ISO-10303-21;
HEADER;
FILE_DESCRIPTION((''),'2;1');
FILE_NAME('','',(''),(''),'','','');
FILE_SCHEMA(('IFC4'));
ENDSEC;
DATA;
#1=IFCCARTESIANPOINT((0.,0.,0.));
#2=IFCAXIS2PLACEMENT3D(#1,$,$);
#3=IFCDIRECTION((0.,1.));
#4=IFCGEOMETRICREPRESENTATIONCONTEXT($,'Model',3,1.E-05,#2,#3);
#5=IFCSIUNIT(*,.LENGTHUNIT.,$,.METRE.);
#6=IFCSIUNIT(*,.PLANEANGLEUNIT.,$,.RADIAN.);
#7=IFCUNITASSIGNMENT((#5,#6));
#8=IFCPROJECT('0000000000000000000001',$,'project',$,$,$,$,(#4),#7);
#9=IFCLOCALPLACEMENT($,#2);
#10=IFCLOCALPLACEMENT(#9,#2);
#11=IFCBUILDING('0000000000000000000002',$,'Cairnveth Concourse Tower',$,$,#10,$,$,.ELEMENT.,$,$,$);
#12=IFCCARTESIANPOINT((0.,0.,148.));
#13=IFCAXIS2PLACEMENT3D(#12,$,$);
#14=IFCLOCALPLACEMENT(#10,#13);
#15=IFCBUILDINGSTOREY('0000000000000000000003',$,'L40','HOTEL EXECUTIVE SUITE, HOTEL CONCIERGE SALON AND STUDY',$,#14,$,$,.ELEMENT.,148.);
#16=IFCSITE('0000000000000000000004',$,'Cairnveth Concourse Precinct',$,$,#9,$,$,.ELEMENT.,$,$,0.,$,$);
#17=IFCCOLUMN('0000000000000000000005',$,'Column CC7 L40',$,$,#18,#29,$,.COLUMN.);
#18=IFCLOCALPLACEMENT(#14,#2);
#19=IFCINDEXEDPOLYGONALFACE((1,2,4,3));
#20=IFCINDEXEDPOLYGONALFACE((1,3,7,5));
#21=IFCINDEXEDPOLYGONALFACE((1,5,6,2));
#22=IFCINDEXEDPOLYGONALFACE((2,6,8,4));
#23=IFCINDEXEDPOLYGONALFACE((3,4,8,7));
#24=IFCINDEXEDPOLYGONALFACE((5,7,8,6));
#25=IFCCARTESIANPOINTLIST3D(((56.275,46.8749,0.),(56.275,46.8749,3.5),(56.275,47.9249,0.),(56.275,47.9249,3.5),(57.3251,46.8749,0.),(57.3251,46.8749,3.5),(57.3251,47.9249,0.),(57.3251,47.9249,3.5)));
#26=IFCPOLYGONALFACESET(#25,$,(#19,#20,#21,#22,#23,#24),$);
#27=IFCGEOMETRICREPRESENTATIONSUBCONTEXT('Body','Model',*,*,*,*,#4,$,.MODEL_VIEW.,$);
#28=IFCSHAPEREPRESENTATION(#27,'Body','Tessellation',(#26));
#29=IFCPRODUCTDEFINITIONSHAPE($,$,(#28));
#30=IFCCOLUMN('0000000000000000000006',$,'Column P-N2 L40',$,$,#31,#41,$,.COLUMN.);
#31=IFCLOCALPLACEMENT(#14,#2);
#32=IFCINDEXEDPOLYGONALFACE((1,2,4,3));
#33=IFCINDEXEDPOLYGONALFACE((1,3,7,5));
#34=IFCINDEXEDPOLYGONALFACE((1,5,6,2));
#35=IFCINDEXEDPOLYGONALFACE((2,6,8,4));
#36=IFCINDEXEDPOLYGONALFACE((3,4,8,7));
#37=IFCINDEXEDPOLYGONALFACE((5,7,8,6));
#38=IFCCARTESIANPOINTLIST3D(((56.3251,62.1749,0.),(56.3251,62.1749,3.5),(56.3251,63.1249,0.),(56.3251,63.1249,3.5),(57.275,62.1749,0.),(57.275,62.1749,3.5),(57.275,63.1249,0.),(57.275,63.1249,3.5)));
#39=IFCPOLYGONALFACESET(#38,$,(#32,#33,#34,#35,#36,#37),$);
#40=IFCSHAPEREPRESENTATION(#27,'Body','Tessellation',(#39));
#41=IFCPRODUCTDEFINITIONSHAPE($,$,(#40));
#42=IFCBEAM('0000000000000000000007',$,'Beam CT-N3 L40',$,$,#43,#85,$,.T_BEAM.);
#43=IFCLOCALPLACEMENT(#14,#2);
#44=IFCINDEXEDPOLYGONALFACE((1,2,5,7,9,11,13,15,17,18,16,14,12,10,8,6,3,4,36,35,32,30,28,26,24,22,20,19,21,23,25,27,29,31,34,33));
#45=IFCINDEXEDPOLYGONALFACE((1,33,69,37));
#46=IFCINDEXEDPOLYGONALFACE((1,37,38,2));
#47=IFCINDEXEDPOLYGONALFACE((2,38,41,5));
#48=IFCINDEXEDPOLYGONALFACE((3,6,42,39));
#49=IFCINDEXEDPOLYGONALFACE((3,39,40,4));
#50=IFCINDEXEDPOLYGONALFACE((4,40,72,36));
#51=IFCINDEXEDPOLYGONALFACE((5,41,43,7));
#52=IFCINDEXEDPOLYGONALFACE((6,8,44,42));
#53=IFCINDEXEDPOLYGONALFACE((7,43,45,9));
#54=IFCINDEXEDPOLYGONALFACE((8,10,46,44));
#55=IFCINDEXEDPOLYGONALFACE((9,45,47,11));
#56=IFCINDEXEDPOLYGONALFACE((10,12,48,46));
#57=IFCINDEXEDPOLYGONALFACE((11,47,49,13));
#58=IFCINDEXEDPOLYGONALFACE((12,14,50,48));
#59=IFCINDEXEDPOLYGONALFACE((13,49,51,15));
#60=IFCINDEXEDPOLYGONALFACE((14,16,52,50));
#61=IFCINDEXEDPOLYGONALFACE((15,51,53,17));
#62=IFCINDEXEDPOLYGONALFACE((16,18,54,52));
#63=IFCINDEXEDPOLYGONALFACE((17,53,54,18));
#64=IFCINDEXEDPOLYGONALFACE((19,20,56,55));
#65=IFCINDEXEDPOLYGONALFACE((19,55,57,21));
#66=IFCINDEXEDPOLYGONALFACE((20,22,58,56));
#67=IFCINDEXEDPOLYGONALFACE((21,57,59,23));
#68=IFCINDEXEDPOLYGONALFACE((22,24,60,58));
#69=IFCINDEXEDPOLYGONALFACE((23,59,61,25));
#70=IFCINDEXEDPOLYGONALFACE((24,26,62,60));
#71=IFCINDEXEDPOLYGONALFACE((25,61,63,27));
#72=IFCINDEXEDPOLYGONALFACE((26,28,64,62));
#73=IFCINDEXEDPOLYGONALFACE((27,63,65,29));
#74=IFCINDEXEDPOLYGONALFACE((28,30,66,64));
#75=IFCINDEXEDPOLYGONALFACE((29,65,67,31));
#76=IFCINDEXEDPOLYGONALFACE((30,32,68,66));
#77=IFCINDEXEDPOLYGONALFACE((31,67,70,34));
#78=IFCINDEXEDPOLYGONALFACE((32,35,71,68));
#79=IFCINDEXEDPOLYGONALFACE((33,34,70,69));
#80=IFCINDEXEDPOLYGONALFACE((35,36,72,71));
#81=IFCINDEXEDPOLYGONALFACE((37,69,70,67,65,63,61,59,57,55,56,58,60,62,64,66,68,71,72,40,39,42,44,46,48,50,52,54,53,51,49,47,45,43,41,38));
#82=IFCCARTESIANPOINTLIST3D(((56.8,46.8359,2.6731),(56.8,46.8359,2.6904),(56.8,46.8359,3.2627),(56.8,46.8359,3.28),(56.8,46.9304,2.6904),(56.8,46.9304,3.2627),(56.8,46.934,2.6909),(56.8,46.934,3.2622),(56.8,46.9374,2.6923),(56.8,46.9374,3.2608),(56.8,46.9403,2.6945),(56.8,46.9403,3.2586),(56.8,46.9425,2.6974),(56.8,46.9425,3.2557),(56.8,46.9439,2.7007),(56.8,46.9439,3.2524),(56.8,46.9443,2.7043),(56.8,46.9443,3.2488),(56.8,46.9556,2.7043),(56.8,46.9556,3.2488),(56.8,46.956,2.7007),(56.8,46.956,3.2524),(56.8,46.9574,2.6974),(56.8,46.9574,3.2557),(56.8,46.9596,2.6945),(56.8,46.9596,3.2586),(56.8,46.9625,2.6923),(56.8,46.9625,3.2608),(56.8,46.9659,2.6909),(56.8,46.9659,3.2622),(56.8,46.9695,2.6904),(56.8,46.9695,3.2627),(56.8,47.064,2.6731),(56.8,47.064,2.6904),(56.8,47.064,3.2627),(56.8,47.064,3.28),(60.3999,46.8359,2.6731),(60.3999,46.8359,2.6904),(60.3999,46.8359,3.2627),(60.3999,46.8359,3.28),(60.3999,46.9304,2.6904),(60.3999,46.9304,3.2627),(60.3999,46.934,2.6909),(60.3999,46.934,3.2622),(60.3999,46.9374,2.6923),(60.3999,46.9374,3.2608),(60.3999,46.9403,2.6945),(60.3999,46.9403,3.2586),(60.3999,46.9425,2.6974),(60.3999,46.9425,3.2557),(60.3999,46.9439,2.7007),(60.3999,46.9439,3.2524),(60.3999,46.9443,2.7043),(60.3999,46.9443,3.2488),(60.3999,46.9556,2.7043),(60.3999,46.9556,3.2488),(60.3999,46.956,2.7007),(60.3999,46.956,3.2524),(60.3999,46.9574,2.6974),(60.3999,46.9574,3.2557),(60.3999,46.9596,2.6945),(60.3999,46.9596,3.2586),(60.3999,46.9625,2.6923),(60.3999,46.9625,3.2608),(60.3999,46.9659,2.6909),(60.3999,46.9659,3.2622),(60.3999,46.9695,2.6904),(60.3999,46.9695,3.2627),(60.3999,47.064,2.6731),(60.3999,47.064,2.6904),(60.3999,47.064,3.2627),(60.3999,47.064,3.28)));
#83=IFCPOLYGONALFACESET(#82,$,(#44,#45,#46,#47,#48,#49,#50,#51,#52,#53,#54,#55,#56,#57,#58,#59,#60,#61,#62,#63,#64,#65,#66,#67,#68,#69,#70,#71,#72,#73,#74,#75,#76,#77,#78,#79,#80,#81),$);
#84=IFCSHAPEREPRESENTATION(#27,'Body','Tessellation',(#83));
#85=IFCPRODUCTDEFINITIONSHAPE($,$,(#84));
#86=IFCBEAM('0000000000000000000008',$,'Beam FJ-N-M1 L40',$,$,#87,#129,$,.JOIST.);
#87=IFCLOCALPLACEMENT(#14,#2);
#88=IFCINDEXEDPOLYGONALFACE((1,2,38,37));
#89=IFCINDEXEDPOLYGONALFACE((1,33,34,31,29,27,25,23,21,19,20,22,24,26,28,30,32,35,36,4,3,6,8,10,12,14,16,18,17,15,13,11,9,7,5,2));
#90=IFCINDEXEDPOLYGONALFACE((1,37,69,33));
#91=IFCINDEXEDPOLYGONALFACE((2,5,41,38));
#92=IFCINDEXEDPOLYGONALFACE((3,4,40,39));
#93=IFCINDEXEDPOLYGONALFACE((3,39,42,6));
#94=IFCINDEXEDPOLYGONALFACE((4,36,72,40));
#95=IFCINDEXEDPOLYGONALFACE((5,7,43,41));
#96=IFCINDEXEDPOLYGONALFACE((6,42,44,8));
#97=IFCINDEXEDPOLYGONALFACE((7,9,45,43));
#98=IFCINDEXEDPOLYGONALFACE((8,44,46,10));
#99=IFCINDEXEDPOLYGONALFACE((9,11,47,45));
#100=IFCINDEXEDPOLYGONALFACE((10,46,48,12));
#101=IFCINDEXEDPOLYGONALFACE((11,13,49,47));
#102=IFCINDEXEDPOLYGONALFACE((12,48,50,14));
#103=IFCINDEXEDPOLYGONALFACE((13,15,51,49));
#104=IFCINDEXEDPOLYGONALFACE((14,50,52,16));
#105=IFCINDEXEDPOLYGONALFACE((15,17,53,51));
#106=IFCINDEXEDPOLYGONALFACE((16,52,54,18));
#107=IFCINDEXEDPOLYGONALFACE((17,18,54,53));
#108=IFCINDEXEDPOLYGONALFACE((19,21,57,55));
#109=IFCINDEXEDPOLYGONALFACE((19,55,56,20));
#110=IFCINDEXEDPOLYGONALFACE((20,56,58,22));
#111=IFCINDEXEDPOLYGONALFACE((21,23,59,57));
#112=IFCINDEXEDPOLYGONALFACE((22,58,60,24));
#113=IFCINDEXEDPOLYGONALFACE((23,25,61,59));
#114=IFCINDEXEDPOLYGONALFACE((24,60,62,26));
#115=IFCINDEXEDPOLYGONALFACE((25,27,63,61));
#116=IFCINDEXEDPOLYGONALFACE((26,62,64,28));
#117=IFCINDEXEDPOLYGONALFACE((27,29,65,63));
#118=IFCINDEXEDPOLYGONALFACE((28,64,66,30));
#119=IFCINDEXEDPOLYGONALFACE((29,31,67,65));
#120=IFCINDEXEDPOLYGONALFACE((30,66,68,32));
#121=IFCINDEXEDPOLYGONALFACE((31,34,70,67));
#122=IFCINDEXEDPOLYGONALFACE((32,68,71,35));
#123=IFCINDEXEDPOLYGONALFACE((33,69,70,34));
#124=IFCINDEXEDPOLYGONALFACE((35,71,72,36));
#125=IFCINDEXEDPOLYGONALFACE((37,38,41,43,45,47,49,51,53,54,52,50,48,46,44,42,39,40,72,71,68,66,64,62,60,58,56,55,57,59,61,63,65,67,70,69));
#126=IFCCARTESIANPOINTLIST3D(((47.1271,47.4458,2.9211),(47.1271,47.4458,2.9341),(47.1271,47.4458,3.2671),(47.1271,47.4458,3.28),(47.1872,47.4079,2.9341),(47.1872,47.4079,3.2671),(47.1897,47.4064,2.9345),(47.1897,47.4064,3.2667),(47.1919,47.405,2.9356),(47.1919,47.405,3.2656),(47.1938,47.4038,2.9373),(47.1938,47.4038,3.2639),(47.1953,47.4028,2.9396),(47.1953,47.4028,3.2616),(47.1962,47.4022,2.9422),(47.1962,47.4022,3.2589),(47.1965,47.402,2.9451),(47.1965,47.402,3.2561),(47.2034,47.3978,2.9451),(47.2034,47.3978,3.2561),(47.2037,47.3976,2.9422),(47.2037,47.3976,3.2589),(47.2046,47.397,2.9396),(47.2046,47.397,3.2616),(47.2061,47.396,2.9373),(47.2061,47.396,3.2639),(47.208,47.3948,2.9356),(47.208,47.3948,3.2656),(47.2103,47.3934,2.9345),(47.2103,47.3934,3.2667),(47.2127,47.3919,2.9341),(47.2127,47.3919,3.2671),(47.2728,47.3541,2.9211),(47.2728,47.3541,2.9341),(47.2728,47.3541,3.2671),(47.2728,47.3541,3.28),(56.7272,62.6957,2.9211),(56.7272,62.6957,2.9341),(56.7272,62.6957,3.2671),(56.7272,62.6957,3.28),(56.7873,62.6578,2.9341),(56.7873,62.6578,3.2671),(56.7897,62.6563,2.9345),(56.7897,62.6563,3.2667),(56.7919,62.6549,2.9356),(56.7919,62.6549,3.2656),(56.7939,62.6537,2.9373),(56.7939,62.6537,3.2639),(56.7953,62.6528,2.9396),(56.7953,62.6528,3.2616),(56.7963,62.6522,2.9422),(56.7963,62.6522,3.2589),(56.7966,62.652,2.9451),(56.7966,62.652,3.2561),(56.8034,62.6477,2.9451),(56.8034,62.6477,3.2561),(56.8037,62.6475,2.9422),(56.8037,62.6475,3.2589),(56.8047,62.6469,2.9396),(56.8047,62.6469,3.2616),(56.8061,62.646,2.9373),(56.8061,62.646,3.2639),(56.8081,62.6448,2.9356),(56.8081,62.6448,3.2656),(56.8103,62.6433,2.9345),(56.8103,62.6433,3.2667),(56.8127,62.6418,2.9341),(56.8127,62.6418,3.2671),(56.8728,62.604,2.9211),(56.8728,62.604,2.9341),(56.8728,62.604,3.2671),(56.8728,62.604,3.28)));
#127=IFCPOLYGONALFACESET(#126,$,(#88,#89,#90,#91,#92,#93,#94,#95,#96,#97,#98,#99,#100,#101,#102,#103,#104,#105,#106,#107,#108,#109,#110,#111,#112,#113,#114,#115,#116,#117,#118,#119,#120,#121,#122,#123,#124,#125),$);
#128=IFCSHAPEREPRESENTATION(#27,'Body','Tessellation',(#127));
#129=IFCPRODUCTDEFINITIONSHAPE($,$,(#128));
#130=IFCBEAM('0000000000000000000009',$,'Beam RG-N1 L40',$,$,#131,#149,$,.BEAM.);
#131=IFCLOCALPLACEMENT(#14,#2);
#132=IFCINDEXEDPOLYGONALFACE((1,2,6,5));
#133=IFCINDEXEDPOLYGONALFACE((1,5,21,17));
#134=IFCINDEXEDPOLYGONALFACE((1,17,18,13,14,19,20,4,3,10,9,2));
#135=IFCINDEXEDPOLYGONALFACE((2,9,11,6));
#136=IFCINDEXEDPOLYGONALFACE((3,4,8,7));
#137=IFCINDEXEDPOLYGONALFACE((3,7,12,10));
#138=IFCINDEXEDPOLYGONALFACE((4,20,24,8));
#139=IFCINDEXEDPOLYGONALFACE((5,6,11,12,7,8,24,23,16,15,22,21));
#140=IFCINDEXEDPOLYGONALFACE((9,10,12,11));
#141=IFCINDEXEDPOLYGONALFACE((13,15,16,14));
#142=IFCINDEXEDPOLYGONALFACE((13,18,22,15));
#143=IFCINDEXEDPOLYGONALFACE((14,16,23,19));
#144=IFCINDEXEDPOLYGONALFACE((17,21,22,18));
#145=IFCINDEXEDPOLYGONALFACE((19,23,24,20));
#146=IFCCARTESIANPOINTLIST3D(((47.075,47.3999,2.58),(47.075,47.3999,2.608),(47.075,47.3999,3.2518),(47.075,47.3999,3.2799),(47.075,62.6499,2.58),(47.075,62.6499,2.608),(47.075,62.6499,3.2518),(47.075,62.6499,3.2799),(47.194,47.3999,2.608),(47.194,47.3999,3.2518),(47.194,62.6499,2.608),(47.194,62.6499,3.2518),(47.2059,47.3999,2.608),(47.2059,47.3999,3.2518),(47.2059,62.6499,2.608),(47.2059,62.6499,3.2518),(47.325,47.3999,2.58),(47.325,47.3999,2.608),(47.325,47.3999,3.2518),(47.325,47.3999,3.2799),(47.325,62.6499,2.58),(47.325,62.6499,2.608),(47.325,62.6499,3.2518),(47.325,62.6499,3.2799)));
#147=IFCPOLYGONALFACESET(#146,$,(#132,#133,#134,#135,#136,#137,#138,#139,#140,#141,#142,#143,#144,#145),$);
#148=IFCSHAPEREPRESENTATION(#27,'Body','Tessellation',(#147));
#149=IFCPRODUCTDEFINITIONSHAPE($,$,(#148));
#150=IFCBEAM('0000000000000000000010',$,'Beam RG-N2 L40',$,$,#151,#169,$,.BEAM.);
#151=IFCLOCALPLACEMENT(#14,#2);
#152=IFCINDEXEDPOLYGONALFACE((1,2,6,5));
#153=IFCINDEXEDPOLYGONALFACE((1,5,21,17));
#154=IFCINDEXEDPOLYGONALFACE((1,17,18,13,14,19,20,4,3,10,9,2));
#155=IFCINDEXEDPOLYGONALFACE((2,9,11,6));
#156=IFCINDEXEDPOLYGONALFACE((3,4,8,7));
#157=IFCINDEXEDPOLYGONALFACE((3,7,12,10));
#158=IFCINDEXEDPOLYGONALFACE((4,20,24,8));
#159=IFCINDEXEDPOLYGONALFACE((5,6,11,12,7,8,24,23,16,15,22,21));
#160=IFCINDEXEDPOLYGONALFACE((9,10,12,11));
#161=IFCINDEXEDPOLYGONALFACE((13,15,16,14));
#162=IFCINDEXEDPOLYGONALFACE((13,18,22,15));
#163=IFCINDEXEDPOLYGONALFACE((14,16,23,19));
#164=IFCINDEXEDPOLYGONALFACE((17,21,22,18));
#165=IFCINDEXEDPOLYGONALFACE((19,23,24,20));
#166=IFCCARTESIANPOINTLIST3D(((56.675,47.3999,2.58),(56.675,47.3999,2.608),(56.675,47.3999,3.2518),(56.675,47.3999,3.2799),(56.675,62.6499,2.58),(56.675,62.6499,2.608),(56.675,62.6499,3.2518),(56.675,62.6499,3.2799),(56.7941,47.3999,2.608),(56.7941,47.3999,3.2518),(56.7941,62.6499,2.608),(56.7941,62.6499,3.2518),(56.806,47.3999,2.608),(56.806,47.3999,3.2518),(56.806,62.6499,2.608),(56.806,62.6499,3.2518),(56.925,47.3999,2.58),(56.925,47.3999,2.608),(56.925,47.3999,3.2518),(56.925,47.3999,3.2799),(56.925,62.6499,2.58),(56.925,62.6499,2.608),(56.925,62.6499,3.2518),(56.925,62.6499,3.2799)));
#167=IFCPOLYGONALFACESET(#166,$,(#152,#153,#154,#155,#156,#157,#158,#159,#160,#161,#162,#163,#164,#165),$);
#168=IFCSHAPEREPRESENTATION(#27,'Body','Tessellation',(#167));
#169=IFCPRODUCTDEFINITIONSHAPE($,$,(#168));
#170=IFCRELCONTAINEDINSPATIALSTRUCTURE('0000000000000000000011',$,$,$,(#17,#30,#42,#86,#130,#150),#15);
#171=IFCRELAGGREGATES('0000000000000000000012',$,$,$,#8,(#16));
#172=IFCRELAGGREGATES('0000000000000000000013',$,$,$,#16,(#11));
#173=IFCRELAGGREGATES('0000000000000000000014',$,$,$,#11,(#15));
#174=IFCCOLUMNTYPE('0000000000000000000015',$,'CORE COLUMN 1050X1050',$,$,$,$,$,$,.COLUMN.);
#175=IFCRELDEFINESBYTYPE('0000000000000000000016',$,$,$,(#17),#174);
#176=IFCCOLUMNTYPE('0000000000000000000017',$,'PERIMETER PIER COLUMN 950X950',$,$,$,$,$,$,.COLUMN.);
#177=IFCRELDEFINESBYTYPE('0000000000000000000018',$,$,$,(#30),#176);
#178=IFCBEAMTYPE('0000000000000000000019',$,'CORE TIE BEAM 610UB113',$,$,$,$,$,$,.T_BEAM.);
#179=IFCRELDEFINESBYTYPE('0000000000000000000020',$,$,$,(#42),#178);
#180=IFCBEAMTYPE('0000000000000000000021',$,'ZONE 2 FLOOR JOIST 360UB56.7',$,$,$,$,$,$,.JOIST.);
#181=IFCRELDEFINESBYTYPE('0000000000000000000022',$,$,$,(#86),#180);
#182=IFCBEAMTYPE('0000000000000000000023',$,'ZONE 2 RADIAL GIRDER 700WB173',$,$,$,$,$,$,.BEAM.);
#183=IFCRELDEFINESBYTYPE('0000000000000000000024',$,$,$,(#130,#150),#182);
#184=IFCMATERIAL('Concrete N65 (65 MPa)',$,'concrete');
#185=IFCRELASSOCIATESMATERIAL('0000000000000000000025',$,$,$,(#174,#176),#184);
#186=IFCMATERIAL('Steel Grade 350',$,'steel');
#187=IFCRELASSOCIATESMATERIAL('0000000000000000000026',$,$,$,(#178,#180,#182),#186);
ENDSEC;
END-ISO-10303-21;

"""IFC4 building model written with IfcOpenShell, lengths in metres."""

from ifc_helpers import new_model, si_unit, direction, frame, origin, origin_2d, place, context, subcontext, project, spatial, rectangle, i_section, extrude, material, material_profile, profile_set, type_object, element, save


model = new_model("IFC4")

# Units and contexts
model_context = context("Model", 3, precision=1e-05, world=origin(), true_north=direction((0.0, 1.0)))
body_context = subcontext(model_context, "Body", "Model", "MODEL_VIEW")
ifc_project = project(units=[si_unit("LENGTHUNIT", "METRE"), si_unit("PLANEANGLEUNIT", "RADIAN")], contexts=[model_context])

# Site, building, storey
site_placement = place(None, origin())
site = spatial("IfcSite", under=ifc_project, at=site_placement, Name="Cairnveth Concourse Precinct", CompositionType="ELEMENT", RefElevation=0.0)
building_placement = place(site_placement, origin())
building = spatial("IfcBuilding", under=site, at=building_placement, Name="Cairnveth Concourse Tower", CompositionType="ELEMENT")
storey_placement = place(building_placement, frame((0.0, 0.0, 148.0)))
storey = spatial("IfcBuildingStorey", under=building, at=storey_placement, Name="L40", Description="HOTEL EXECUTIVE SUITE, HOTEL CONCIERGE SALON AND STUDY", CompositionType="ELEMENT", Elevation=148.0)

# Columns
ifc_material_1 = material(Name="Concrete N65 (65 MPa)", Category="concrete")
ifc_material_profile_1 = material_profile(ifc_material_1, rectangle(XDim=1.05, YDim=1.05, at=origin_2d()), Name="RC-COL-1050x1050")
ifc_profile_set_1 = profile_set([ifc_material_profile_1], Name="Concrete N65 (65 MPa)")
column_type_1 = type_object("IfcColumnType", Name="CORE COLUMN 1050X1050", PredefinedType="COLUMN", material=ifc_profile_set_1)
column_1_placement = place(storey_placement, frame((56.8, 47.3999, 0.0), z_axis=(0.0, 0.0, 1.0), x_axis=(1.0, 0.0, 0.0)))
element("IfcColumn", 1, at=column_1_placement, inside=storey, type_object=column_type_1, Name="Column CC7 L40", PredefinedType="COLUMN", context=body_context, shape_type="SweptSolid", body=[
    extrude(rectangle(XDim=1.05, YDim=1.05, at=origin_2d()), origin(), (0.0, 0.0, 1.0), 3.5),
])
ifc_material_profile_2 = material_profile(ifc_material_1, rectangle(XDim=0.95, YDim=0.95, at=origin_2d()), Name="RC-COL-950x950")
ifc_profile_set_2 = profile_set([ifc_material_profile_2], Name="Concrete N65 (65 MPa)")
column_type_2 = type_object("IfcColumnType", Name="PERIMETER PIER COLUMN 950X950", PredefinedType="COLUMN", material=ifc_profile_set_2)
column_2_placement = place(storey_placement, frame((56.8, 62.6499, 0.0), z_axis=(0.0, 0.0, 1.0), x_axis=(1.0, 0.0, 0.0)))
element("IfcColumn", 2, at=column_2_placement, inside=storey, type_object=column_type_2, Name="Column P-N2 L40", PredefinedType="COLUMN", context=body_context, shape_type="SweptSolid", body=[
    extrude(rectangle(XDim=0.95, YDim=0.95, at=origin_2d()), origin(), (0.0, 0.0, 1.0), 3.5),
])

# Beams
ifc_material_2 = material(Name="Steel Grade 350", Category="steel")
ifc_material_profile_3 = material_profile(ifc_material_2, i_section(OverallWidth=0.228, OverallDepth=0.6069, WebThickness=0.0112, FlangeThickness=0.0173, FilletRadius=0.0139, at=origin_2d()), Name="610UB113")
ifc_profile_set_3 = profile_set([ifc_material_profile_3], Name="Steel Grade 350")
beam_type_1 = type_object("IfcBeamType", Name="CORE TIE BEAM 610UB113", PredefinedType="T_BEAM", material=ifc_profile_set_3)
beam_1_placement = place(storey_placement, frame((56.8, 46.95, 2.9766), z_axis=(1.0, 0.0, 0.0), x_axis=(0.0, 1.0, 0.0)))
element("IfcBeam", 3, at=beam_1_placement, inside=storey, type_object=beam_type_1, Name="Beam CT-N3 L40", PredefinedType="T_BEAM", context=body_context, shape_type="SweptSolid", body=[
    extrude(i_section(OverallWidth=0.228, OverallDepth=0.6069, WebThickness=0.0112, FlangeThickness=0.0173, FilletRadius=0.0139, at=origin_2d()), origin(), (0.0, 0.0, 1.0), 3.5999),
])
ifc_material_profile_4 = material_profile(ifc_material_2, i_section(OverallWidth=0.1721, OverallDepth=0.3589, WebThickness=0.0081, FlangeThickness=0.0129, FilletRadius=0.011, at=origin_2d()), Name="360UB56.7")
ifc_profile_set_4 = profile_set([ifc_material_profile_4], Name="Steel Grade 350")
beam_type_2 = type_object("IfcBeamType", Name="ZONE 2 FLOOR JOIST 360UB56.7", PredefinedType="JOIST", material=ifc_profile_set_4)
beam_2_placement = place(storey_placement, frame((47.2, 47.3999, 3.1006), z_axis=(0.532744, 0.846277, 0.0), x_axis=(-0.846277, 0.532744, 0.0)))
element("IfcBeam", 4, at=beam_2_placement, inside=storey, type_object=beam_type_2, Name="Beam FJ-N-M1 L40", PredefinedType="JOIST", context=body_context, shape_type="SweptSolid", body=[
    extrude(i_section(OverallWidth=0.1721, OverallDepth=0.3589, WebThickness=0.0081, FlangeThickness=0.0129, FilletRadius=0.011, at=origin_2d()), origin(), (0.0, 0.0, 1.0), 18.02),
])
ifc_material_profile_5 = material_profile(ifc_material_2, i_section(OverallWidth=0.25, OverallDepth=0.7, WebThickness=0.012, FlangeThickness=0.0281, at=origin_2d()), Name="700WB173")
ifc_profile_set_5 = profile_set([ifc_material_profile_5], Name="Steel Grade 350")
beam_type_3 = type_object("IfcBeamType", Name="ZONE 2 RADIAL GIRDER 700WB173", PredefinedType="BEAM", material=ifc_profile_set_5)
for number, where, z_axis, x_axis, name in (
    (5, (47.2, 47.3999, 2.9299), (0.0, 1.0, 0.0), (-1.0, 0.0, 0.0), "Beam RG-N1 L40"),
    (6, (56.8, 47.3999, 2.9299), (0.0, 1.0, 0.0), (-1.0, 0.0, 0.0), "Beam RG-N2 L40"),
):
    element("IfcBeam", number, at=place(storey_placement, frame(where, z_axis=z_axis, x_axis=x_axis)), inside=storey, type_object=beam_type_3, Name=name, PredefinedType="BEAM", context=body_context, shape_type="SweptSolid", body=[
        extrude(i_section(OverallWidth=0.25, OverallDepth=0.7, WebThickness=0.012, FlangeThickness=0.0281, at=origin_2d()), origin(), (0.0, 0.0, 1.0), 15.25),
    ])

save(model, "model.ifc")
